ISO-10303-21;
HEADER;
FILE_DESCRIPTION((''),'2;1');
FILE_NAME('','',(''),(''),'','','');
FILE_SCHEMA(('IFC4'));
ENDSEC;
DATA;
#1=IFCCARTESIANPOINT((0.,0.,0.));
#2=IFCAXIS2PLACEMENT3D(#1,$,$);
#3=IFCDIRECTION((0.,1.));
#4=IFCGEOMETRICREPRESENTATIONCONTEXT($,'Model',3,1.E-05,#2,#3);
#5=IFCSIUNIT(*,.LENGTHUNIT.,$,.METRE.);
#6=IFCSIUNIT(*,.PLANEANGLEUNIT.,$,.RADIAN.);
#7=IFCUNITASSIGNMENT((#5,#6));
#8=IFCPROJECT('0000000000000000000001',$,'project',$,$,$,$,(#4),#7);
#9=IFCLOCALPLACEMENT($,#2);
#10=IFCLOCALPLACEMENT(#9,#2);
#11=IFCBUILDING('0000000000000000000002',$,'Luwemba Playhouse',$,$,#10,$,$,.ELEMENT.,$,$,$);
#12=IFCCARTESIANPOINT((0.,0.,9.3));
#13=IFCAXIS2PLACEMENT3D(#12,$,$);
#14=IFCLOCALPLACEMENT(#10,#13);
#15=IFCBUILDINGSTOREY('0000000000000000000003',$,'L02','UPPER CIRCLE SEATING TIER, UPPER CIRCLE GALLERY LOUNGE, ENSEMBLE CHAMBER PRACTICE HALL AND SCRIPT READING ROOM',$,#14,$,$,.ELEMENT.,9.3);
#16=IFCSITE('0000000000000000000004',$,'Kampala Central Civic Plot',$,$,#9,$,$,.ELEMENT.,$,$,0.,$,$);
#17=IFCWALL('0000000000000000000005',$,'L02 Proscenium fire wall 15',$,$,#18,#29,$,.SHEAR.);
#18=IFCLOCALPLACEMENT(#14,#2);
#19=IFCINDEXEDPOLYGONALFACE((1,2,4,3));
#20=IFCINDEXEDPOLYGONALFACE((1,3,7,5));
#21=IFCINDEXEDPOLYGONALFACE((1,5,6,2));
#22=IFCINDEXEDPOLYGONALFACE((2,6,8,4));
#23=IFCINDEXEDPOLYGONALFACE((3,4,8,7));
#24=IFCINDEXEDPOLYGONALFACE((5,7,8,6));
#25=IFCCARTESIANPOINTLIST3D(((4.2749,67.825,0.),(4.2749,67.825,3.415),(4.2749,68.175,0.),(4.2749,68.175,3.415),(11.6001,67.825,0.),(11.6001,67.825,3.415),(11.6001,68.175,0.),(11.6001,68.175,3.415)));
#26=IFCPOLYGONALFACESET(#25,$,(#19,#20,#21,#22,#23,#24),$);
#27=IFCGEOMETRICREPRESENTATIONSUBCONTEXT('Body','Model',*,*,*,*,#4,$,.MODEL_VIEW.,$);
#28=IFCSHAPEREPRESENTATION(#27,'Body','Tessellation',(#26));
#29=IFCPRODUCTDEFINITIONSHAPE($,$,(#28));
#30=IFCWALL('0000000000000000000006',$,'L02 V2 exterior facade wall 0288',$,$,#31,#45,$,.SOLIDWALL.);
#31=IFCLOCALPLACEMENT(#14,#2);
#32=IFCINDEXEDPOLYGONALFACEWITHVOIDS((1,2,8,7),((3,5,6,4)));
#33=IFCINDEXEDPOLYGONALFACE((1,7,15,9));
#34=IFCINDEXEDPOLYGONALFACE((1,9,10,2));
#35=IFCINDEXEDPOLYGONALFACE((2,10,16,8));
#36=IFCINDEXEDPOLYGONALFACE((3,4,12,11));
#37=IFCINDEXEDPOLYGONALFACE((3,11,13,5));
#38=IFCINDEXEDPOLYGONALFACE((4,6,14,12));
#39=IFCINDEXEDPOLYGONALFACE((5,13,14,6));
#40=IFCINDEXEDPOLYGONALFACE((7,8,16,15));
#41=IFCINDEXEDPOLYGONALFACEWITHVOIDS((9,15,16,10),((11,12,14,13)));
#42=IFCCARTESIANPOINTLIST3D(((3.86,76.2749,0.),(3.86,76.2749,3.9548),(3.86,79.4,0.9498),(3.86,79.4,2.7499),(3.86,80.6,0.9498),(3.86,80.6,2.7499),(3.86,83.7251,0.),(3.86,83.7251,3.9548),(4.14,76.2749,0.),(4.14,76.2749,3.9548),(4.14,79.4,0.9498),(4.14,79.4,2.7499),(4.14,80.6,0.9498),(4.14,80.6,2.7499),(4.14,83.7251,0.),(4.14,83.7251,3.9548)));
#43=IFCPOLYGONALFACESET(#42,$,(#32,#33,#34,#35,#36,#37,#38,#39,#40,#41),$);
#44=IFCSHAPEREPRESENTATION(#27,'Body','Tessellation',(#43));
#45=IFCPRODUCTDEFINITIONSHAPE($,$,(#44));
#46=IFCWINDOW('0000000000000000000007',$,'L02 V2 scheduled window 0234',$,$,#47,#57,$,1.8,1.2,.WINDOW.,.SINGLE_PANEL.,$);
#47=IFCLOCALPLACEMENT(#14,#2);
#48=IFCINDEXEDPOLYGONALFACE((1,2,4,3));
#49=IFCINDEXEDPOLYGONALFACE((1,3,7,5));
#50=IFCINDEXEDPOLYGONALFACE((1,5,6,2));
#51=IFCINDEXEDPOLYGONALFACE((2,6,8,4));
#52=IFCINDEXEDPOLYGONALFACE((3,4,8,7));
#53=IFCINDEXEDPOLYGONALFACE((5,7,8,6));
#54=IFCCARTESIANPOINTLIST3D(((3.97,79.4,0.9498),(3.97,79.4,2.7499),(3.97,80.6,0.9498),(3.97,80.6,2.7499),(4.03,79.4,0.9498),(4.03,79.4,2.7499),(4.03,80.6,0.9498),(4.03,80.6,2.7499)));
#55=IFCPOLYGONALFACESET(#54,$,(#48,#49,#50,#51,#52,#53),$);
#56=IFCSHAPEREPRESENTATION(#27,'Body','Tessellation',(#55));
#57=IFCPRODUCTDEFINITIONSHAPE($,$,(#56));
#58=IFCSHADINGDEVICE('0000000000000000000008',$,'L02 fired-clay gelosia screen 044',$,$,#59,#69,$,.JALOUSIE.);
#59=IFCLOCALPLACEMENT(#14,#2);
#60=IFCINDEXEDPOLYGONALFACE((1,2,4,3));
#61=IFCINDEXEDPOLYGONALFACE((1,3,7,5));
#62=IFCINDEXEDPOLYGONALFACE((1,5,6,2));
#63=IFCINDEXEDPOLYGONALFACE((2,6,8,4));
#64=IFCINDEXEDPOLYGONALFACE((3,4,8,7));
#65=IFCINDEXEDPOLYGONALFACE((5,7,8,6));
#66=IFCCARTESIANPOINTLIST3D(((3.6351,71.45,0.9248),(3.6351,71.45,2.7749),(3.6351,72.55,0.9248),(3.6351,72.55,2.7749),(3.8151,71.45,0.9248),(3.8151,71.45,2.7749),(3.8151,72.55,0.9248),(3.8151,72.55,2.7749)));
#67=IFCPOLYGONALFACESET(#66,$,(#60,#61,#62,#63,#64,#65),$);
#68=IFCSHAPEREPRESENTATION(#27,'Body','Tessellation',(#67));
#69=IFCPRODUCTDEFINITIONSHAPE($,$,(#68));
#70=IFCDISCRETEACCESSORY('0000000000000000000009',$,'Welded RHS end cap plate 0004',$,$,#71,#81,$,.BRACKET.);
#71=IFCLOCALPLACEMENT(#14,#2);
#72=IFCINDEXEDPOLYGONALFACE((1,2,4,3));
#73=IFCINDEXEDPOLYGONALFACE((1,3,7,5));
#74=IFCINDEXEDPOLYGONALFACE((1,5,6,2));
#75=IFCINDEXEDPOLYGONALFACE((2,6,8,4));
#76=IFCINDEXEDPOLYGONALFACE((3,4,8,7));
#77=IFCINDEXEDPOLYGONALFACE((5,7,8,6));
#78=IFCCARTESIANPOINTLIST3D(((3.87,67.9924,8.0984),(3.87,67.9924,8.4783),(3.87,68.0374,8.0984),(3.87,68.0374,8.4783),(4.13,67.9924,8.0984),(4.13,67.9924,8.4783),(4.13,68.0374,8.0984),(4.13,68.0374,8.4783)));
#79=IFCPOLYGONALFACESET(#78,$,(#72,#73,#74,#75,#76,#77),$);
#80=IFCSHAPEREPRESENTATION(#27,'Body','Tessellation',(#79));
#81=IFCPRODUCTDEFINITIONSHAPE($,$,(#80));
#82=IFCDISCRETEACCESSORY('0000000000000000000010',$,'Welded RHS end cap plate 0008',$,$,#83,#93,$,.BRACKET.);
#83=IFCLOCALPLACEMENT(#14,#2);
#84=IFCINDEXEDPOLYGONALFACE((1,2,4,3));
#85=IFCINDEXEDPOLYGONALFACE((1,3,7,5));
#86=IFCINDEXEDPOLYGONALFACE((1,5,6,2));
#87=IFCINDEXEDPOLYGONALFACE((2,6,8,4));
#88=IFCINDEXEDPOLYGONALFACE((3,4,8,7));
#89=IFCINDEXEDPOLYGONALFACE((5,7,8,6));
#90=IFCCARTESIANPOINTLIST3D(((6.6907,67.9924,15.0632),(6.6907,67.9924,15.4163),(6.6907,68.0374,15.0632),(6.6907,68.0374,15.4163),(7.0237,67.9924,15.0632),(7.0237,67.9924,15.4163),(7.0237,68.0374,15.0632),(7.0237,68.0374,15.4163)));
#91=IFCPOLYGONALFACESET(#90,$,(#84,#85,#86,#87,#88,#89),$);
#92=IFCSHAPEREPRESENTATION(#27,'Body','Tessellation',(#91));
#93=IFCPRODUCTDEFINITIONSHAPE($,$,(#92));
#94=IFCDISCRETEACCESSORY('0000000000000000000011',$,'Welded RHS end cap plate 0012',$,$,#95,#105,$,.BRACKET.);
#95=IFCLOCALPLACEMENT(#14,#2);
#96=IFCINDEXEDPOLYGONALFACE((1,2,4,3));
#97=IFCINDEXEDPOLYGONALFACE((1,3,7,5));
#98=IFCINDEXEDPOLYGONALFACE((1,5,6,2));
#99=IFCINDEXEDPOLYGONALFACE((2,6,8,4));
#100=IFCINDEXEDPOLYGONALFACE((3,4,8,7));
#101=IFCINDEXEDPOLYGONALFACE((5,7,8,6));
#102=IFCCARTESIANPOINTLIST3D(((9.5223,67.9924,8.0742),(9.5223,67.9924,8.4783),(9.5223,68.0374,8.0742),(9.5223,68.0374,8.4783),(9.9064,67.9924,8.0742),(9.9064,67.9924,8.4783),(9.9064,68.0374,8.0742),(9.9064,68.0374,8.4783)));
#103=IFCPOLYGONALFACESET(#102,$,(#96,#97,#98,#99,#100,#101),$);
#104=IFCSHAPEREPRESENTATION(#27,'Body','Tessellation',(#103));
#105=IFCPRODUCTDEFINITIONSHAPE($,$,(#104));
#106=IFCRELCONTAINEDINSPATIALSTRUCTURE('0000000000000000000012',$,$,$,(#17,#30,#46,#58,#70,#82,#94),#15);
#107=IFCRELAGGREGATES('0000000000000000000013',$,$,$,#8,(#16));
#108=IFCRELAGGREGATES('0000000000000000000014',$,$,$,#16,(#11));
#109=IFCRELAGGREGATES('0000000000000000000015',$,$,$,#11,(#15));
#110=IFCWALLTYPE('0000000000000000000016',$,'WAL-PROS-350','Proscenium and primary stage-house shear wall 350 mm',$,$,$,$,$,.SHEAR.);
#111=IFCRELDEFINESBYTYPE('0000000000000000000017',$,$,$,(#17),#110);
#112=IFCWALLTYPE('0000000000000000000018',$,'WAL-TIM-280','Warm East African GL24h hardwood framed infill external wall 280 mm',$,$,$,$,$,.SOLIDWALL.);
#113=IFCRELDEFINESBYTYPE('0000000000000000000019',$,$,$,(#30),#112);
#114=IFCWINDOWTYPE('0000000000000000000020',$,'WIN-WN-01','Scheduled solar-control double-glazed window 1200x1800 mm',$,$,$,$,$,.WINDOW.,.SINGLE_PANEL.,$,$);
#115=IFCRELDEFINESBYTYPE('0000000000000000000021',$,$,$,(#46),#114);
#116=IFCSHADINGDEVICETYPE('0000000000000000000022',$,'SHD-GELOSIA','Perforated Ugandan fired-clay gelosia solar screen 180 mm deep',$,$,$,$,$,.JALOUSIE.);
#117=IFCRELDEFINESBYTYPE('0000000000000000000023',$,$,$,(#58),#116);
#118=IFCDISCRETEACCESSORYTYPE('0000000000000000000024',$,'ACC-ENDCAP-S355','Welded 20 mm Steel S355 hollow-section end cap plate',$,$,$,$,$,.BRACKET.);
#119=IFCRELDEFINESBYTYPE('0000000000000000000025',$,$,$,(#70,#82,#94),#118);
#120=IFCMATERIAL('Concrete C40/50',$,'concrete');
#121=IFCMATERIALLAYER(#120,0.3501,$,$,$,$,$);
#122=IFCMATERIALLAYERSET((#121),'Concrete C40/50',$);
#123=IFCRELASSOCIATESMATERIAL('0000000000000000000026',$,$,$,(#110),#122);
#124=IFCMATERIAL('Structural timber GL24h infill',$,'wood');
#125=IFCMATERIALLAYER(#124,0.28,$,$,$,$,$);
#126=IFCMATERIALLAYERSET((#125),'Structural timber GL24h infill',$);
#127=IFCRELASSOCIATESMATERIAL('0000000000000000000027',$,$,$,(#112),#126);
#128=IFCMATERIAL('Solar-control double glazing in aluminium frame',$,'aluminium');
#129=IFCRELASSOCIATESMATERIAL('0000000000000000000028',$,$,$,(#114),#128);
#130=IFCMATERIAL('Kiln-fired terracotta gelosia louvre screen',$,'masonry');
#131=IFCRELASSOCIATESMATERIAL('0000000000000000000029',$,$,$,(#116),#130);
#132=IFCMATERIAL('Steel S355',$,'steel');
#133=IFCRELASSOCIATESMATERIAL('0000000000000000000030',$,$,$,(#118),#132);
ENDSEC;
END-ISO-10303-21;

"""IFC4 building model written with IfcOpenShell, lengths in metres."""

from ifc_helpers import new_model, si_unit, direction, frame, frame_2d, origin, origin_2d, place, context, subcontext, project, spatial, rectangle, extrude, material, layer, layer_set, type_object, element, fill, save


model = new_model("IFC4")

# Units and contexts
model_context = context("Model", 3, precision=1e-05, world=origin(), true_north=direction((0.0, 1.0)))
body_context = subcontext(model_context, "Body", "Model", "MODEL_VIEW")
ifc_project = project(units=[si_unit("LENGTHUNIT", "METRE"), si_unit("PLANEANGLEUNIT", "RADIAN")], contexts=[model_context])

# Site, building, storey
site_placement = place(None, origin())
site = spatial("IfcSite", under=ifc_project, at=site_placement, Name="Kampala Central Civic Plot", CompositionType="ELEMENT", RefElevation=0.0)
building_placement = place(site_placement, origin())
building = spatial("IfcBuilding", under=site, at=building_placement, Name="Luwemba Playhouse", CompositionType="ELEMENT")
storey_placement = place(building_placement, frame((0.0, 0.0, 9.3)))
storey = spatial("IfcBuildingStorey", under=building, at=storey_placement, Name="L02", Description="UPPER CIRCLE SEATING TIER, UPPER CIRCLE GALLERY LOUNGE, ENSEMBLE CHAMBER PRACTICE HALL AND SCRIPT READING ROOM", CompositionType="ELEMENT", Elevation=9.3)

# Shared definitions
ifc_material_1 = material(Name="Concrete C40/50", Category="concrete")
ifc_material_2 = material(Name="Steel S355", Category="steel")

# Shared definitions
ifc_material_3 = material(Name="Solar-control double glazing in aluminium frame", Category="aluminium")

# Wall
ifc_layer_1 = layer(ifc_material_1, 0.3501)
ifc_layer_set_1 = layer_set([ifc_layer_1], Name="Concrete C40/50")
wall_type_1 = type_object("IfcWallType", Name="WAL-PROS-350", Description="Proscenium and primary stage-house shear wall 350 mm", PredefinedType="SHEAR", material=ifc_layer_set_1)
wall_1_placement = place(storey_placement, frame((4.2749, 68.0, 0.0), z_axis=(0.0, 0.0, 1.0), x_axis=(1.0, 0.0, 0.0)))
element("IfcWall", 1, at=wall_1_placement, inside=storey, type_object=wall_type_1, Name="L02 Proscenium fire wall 15", PredefinedType="SHEAR", context=body_context, shape_type="SweptSolid", body=[
    extrude(rectangle(XDim=7.3252, YDim=0.3501, at=frame_2d((3.6626, 0.0))), origin(), (0.0, 0.0, 1.0), 3.415),
])

# Wall, opening, window
ifc_material_4 = material(Name="Structural timber GL24h infill", Category="wood")
ifc_layer_2 = layer(ifc_material_4, 0.28)
ifc_layer_set_2 = layer_set([ifc_layer_2], Name="Structural timber GL24h infill")
wall_type_2 = type_object("IfcWallType", Name="WAL-TIM-280", Description="Warm East African GL24h hardwood framed infill external wall 280 mm", PredefinedType="SOLIDWALL", material=ifc_layer_set_2)
wall_2_placement = place(storey_placement, frame((4.0, 76.2749, 0.0), z_axis=(0.0, 0.0, 1.0), x_axis=(0.0, 1.0, 0.0)))
wall_2 = element("IfcWall", 2, at=wall_2_placement, inside=storey, type_object=wall_type_2, Name="L02 V2 exterior facade wall 0288", PredefinedType="SOLIDWALL", context=body_context, shape_type="SweptSolid", body=[
    extrude(rectangle(XDim=7.4502, YDim=0.28, at=frame_2d((3.7251, 0.0))), origin(), (0.0, 0.0, 1.0), 3.9548),
])
opening_1_placement = place(wall_2_placement, frame((3.125, 0.0, 0.95)))
opening_1 = element("IfcOpeningElement", 3, at=opening_1_placement, cuts=wall_2, PredefinedType="OPENING", context=body_context, shape_type="SweptSolid", body=[
    extrude(rectangle(XDim=1.2, YDim=1.8, at=frame_2d((0.6001, 0.8999))), frame((0.0, 0.1499, 0.0), z_axis=(0.0, -1.0, 0.0), x_axis=(1.0, 0.0, 0.0)), (0.0, 0.0, 1.0), 0.3),
])
window_type_1 = type_object("IfcWindowType", Name="WIN-WN-01", Description="Scheduled solar-control double-glazed window 1200x1800 mm", PartitioningType="SINGLE_PANEL", PredefinedType="WINDOW", material=ifc_material_3)
window_1_placement = place(opening_1_placement, origin())
window_1 = element("IfcWindow", 4, at=window_1_placement, inside=storey, type_object=window_type_1, Name="L02 V2 scheduled window 0234", OverallHeight=1.8, OverallWidth=1.2, PartitioningType="SINGLE_PANEL", PredefinedType="WINDOW", context=body_context, shape_type="SweptSolid", body=[
    extrude(rectangle(XDim=1.2, YDim=1.8, at=frame_2d((0.6001, 0.8999))), frame((0.0, 0.03, 0.0), z_axis=(0.0, -1.0, 0.0), x_axis=(1.0, 0.0, 0.0)), (0.0, 0.0, 1.0), 0.0601),
])
fill(opening_1, window_1)

# Shading device
ifc_material_5 = material(Name="Kiln-fired terracotta gelosia louvre screen", Category="masonry")
shading_device_type = type_object("IfcShadingDeviceType", Name="SHD-GELOSIA", Description="Perforated Ugandan fired-clay gelosia solar screen 180 mm deep", PredefinedType="JALOUSIE", material=ifc_material_5)
shading_device_placement = place(storey_placement, frame((3.7251, 72.0, 0.9248), z_axis=(0.0, 0.0, 1.0), x_axis=(0.0, 1.0, 0.0)))
element("IfcShadingDevice", 5, at=shading_device_placement, inside=storey, type_object=shading_device_type, Name="L02 fired-clay gelosia screen 044", PredefinedType="JALOUSIE", context=body_context, shape_type="SweptSolid", body=[
    extrude(rectangle(XDim=1.1001, YDim=0.1799, at=origin_2d()), origin(), (0.0, 0.0, 1.0), 1.8501),
])

# Discrete accessories
discrete_accessory_type = type_object("IfcDiscreteAccessoryType", Name="ACC-ENDCAP-S355", Description="Welded 20 mm Steel S355 hollow-section end cap plate", PredefinedType="BRACKET", material=ifc_material_2)
discrete_accessory_1_placement = place(storey_placement, frame((4.0, 68.0149, 8.0984), z_axis=(0.0, 0.0, 1.0), x_axis=(1.0, 0.0, 0.0)))
element("IfcDiscreteAccessory", 6, at=discrete_accessory_1_placement, inside=storey, type_object=discrete_accessory_type, Name="Welded RHS end cap plate 0004", PredefinedType="BRACKET", context=body_context, shape_type="SweptSolid", body=[
    extrude(rectangle(XDim=0.26, YDim=0.0449, at=origin_2d()), origin(), (0.0, 0.0, 1.0), 0.3799),
])
discrete_accessory_2_placement = place(storey_placement, frame((6.8572, 68.0149, 15.0632), z_axis=(0.0, 0.0, 1.0), x_axis=(1.0, 0.0, 0.0)))
element("IfcDiscreteAccessory", 7, at=discrete_accessory_2_placement, inside=storey, type_object=discrete_accessory_type, Name="Welded RHS end cap plate 0008", PredefinedType="BRACKET", context=body_context, shape_type="SweptSolid", body=[
    extrude(rectangle(XDim=0.333, YDim=0.0449, at=origin_2d()), origin(), (0.0, 0.0, 1.0), 0.353),
])
discrete_accessory_3_placement = place(storey_placement, frame((9.7144, 68.0149, 8.0742), z_axis=(0.0, 0.0, 1.0), x_axis=(1.0, 0.0, 0.0)))
element("IfcDiscreteAccessory", 8, at=discrete_accessory_3_placement, inside=storey, type_object=discrete_accessory_type, Name="Welded RHS end cap plate 0012", PredefinedType="BRACKET", context=body_context, shape_type="SweptSolid", body=[
    extrude(rectangle(XDim=0.384, YDim=0.0449, at=origin_2d()), origin(), (0.0, 0.0, 1.0), 0.4041),
])

save(model, "model.ifc")
